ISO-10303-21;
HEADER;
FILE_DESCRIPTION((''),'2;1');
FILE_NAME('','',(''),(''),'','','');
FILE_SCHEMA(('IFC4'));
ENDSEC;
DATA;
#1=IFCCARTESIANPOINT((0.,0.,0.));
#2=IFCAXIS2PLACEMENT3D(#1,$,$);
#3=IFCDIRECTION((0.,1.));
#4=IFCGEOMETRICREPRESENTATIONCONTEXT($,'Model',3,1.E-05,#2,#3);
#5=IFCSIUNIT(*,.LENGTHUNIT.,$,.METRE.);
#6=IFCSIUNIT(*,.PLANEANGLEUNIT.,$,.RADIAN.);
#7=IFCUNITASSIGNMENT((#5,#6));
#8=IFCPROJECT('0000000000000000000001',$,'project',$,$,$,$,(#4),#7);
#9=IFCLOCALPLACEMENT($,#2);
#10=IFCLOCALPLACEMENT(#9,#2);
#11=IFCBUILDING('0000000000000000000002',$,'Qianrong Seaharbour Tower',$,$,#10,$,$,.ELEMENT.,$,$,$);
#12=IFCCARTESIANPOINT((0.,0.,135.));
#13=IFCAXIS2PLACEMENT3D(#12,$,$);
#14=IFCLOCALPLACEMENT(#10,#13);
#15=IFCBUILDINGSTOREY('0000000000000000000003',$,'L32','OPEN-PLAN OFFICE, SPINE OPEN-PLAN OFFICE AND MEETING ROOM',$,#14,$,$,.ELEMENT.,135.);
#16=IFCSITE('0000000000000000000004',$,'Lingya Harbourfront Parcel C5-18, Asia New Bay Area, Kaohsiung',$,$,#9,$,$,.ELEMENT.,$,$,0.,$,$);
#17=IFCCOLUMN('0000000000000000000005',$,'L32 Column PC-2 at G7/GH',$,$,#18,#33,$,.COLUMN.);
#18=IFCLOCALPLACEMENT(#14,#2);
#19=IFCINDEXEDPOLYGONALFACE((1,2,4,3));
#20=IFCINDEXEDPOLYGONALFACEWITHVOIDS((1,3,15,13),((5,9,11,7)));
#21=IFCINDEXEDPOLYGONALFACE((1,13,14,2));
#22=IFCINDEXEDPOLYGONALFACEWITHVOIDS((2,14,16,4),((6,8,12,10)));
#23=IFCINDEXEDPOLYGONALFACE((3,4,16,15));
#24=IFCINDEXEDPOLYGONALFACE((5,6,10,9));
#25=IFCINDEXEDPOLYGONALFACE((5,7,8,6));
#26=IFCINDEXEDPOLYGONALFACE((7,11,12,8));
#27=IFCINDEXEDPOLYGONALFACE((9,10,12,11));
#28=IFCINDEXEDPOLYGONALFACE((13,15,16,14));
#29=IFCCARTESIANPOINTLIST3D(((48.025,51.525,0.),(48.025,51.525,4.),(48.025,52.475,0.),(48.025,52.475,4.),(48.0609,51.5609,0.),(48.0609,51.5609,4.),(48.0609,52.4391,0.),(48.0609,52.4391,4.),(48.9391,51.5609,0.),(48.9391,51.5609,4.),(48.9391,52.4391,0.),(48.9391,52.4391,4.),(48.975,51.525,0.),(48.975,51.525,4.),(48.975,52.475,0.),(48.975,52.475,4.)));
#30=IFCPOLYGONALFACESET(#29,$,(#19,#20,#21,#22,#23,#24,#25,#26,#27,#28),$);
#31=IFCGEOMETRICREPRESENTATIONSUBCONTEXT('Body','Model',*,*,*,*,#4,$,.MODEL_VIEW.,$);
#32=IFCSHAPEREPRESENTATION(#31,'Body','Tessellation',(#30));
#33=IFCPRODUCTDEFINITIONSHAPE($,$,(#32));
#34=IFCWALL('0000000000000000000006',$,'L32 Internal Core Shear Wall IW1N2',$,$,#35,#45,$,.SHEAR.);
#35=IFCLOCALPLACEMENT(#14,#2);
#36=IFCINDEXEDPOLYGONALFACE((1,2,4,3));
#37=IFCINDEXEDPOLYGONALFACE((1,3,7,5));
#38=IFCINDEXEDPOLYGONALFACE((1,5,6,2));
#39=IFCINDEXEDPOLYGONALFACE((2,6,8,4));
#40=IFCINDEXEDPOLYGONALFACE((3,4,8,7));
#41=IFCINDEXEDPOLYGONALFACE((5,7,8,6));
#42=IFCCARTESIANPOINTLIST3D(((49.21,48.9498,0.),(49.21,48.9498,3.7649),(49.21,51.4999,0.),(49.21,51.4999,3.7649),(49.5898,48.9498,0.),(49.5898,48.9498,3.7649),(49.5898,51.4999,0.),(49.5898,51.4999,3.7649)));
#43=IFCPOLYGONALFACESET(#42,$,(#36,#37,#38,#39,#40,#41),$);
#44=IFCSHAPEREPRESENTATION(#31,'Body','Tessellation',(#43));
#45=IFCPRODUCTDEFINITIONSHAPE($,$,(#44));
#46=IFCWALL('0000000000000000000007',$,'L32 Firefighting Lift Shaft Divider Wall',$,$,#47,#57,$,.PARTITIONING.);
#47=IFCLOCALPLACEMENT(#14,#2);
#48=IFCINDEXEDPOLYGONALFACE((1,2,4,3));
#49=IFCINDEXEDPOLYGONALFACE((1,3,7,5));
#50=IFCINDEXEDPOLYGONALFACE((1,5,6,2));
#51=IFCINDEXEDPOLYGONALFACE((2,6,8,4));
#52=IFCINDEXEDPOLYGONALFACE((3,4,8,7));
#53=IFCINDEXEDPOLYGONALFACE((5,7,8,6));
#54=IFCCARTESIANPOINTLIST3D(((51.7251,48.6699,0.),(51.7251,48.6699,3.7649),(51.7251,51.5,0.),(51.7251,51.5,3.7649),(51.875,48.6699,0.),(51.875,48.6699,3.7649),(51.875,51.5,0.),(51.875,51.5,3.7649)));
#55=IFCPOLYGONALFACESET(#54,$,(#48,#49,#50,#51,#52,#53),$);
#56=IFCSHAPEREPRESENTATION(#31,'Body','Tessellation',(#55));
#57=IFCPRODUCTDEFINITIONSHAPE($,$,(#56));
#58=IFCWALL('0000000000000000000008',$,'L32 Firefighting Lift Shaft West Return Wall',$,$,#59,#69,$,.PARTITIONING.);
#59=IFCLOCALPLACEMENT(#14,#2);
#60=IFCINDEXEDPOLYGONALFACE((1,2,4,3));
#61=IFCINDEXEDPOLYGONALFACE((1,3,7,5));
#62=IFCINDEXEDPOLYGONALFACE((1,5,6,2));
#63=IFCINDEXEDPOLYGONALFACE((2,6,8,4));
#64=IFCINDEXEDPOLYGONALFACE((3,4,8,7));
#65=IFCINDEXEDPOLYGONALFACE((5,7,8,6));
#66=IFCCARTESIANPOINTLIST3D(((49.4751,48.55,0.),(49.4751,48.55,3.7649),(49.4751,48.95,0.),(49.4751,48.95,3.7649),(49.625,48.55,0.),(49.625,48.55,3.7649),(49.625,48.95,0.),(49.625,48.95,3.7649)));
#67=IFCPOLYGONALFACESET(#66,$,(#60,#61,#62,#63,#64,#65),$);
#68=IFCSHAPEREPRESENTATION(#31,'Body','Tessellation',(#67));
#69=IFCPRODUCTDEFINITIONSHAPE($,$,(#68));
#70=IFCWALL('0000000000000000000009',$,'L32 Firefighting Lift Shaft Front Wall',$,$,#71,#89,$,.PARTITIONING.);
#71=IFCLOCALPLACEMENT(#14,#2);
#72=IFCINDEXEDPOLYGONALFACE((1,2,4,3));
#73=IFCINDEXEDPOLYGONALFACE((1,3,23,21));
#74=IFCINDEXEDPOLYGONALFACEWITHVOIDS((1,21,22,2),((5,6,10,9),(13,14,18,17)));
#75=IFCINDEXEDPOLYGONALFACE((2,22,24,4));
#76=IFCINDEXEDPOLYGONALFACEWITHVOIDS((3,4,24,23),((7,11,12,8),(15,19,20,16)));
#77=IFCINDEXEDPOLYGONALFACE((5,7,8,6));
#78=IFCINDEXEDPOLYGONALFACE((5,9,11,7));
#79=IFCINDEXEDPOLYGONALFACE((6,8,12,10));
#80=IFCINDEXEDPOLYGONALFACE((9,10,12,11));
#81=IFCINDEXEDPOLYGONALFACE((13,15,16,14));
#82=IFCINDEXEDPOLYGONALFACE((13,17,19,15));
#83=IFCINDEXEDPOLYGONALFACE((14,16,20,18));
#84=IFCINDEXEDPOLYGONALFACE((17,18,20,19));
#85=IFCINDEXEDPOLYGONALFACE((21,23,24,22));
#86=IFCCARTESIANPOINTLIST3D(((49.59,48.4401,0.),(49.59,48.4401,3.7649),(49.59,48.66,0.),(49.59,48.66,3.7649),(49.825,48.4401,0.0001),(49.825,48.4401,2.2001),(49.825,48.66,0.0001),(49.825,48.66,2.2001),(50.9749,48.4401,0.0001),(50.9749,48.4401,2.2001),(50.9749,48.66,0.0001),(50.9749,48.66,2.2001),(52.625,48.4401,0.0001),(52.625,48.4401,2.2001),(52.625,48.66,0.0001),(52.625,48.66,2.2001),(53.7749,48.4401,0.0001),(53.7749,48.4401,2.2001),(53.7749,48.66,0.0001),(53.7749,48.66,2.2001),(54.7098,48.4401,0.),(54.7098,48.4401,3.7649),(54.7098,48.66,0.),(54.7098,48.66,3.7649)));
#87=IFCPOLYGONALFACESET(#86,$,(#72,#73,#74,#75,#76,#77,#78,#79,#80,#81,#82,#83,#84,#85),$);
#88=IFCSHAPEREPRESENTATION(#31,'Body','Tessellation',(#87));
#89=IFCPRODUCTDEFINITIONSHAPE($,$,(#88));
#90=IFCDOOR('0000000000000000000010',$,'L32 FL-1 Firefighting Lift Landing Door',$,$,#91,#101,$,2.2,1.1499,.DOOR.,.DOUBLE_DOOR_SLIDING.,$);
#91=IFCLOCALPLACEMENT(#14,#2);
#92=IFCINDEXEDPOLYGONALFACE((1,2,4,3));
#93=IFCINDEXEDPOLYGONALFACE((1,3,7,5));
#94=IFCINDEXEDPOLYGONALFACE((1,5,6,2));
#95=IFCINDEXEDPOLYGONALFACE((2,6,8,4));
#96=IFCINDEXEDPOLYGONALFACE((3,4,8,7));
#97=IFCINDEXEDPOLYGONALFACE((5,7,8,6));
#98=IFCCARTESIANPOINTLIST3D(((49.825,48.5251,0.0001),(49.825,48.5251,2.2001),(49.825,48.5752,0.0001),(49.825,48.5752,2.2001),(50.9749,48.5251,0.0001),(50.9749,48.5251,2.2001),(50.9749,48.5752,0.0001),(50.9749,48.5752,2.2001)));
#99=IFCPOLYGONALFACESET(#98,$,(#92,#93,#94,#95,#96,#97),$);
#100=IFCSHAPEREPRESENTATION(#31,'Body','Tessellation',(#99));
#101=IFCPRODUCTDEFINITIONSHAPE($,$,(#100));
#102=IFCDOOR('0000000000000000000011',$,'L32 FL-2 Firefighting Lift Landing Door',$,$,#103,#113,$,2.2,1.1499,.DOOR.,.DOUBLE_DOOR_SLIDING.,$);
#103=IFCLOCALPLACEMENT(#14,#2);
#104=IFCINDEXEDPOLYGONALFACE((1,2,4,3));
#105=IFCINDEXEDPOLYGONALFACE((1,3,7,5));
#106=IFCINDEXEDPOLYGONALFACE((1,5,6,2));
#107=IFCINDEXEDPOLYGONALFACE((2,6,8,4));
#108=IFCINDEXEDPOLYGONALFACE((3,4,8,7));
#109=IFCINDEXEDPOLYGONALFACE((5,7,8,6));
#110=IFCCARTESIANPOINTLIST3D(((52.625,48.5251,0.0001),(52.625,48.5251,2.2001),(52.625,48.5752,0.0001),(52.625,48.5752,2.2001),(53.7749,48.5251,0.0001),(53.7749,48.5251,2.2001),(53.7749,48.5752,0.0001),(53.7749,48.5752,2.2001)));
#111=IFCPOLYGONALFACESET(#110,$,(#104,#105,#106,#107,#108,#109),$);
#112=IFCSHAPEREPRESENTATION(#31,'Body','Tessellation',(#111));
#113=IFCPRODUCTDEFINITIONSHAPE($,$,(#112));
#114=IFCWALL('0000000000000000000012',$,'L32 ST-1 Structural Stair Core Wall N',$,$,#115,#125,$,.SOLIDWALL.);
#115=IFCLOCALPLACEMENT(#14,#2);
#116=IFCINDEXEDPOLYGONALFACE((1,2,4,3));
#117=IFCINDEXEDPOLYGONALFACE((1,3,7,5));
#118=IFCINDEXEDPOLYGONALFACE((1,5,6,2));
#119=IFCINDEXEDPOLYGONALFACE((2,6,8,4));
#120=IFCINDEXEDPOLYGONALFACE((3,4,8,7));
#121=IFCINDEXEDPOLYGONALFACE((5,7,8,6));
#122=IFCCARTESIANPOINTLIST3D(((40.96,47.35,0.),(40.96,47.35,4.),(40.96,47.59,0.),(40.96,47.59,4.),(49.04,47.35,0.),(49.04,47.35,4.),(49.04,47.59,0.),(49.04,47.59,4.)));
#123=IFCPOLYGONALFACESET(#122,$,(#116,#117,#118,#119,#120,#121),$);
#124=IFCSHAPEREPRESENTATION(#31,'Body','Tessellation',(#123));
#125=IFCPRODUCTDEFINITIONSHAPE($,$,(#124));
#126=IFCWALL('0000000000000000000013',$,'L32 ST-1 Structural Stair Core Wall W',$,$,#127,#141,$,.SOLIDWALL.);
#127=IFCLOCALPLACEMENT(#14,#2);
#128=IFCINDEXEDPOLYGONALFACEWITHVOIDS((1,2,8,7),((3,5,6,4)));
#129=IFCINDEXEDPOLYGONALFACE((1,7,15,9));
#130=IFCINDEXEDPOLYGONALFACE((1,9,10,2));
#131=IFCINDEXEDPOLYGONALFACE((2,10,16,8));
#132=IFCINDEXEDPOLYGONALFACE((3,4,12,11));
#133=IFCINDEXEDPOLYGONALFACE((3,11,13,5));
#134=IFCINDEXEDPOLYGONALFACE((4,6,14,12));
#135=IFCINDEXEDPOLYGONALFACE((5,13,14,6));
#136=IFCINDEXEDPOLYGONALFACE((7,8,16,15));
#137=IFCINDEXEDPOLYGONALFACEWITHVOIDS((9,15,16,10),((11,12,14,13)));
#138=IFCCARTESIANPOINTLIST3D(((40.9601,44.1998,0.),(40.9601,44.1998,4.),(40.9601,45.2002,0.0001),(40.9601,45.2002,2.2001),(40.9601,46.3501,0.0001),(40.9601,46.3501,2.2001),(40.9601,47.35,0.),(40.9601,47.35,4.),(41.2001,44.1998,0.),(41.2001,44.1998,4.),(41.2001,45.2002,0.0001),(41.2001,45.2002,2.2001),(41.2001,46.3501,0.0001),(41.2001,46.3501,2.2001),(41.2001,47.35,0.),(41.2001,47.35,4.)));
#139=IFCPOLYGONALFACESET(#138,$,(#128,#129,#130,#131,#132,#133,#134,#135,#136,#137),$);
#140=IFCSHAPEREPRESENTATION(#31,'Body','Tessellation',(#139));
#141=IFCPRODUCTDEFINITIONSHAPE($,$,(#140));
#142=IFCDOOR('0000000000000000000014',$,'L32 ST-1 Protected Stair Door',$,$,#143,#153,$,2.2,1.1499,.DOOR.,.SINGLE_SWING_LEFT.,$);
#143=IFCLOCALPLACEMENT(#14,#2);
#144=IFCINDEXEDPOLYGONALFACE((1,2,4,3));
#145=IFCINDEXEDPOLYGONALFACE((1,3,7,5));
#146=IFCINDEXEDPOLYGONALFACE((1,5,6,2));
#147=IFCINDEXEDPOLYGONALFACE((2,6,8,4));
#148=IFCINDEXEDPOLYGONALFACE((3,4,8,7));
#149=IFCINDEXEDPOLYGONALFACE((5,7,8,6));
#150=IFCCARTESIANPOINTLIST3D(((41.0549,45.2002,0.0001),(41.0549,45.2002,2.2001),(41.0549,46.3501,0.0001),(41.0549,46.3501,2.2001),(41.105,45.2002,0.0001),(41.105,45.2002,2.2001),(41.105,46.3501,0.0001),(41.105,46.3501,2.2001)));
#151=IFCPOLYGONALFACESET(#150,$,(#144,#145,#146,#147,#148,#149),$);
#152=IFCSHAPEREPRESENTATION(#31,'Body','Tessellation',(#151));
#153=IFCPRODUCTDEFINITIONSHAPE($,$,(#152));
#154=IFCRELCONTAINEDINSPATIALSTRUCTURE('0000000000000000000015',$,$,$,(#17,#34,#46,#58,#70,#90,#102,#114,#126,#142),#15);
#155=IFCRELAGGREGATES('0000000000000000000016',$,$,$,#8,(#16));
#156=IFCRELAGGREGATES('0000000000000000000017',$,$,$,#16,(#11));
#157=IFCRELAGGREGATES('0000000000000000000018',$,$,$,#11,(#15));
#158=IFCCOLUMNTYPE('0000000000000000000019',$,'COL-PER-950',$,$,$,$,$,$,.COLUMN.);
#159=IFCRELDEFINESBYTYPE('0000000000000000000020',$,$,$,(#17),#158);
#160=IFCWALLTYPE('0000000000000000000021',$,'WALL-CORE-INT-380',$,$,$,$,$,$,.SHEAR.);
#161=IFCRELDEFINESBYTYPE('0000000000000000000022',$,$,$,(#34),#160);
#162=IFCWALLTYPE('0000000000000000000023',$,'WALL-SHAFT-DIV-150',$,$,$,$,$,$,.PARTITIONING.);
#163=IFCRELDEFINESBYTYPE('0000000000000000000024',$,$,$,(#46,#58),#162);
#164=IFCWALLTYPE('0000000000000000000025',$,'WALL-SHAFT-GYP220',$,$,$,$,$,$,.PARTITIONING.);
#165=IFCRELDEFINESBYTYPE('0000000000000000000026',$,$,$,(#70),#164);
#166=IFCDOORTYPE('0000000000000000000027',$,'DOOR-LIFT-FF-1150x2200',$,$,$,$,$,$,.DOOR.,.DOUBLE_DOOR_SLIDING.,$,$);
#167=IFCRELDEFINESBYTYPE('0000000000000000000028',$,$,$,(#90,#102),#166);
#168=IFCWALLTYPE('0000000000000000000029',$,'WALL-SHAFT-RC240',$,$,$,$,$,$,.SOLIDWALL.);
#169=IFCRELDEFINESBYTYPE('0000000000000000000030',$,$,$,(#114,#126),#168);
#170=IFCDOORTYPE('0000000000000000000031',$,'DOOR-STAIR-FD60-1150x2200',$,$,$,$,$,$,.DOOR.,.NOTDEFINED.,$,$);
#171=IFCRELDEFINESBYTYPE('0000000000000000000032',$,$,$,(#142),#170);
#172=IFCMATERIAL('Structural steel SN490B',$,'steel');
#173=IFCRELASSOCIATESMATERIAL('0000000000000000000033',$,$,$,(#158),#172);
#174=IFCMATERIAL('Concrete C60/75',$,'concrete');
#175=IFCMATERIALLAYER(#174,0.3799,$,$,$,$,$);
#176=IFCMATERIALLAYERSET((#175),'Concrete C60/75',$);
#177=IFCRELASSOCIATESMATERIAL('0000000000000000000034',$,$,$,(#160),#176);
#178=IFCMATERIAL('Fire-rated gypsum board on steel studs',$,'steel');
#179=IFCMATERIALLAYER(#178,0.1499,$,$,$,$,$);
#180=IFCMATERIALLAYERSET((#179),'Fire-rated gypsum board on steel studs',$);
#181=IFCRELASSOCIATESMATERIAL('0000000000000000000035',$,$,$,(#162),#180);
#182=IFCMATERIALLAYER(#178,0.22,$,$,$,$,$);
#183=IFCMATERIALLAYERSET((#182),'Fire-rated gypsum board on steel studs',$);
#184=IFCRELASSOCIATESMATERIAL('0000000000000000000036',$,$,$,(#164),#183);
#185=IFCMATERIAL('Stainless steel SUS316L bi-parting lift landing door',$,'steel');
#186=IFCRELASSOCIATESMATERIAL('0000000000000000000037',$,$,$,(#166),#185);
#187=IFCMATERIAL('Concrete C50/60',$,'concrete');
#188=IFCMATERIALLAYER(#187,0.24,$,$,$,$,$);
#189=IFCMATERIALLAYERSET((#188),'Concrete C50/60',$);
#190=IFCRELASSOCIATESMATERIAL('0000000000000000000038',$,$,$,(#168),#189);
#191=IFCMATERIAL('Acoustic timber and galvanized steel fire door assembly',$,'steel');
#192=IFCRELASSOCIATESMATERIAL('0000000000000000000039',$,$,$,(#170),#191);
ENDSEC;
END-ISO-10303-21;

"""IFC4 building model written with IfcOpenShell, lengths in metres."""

from ifc_helpers import new_model, si_unit, direction, frame, frame_2d, origin, origin_2d, place, context, subcontext, project, spatial, rectangle, hollow_rectangle, extrude, material, layer, layer_set, material_profile, profile_set, type_object, element, fill, save


model = new_model("IFC4")

# Units and contexts
model_context = context("Model", 3, precision=1e-05, world=origin(), true_north=direction((0.0, 1.0)))
body_context = subcontext(model_context, "Body", "Model", "MODEL_VIEW")
ifc_project = project(units=[si_unit("LENGTHUNIT", "METRE"), si_unit("PLANEANGLEUNIT", "RADIAN")], contexts=[model_context])

# Site, building, storey
site_placement = place(None, origin())
site = spatial("IfcSite", under=ifc_project, at=site_placement, Name="Lingya Harbourfront Parcel C5-18, Asia New Bay Area, Kaohsiung", CompositionType="ELEMENT", RefElevation=0.0)
building_placement = place(site_placement, origin())
building = spatial("IfcBuilding", under=site, at=building_placement, Name="Qianrong Seaharbour Tower", CompositionType="ELEMENT")
storey_placement = place(building_placement, frame((0.0, 0.0, 135.0)))
storey = spatial("IfcBuildingStorey", under=building, at=storey_placement, Name="L32", Description="OPEN-PLAN OFFICE, SPINE OPEN-PLAN OFFICE AND MEETING ROOM", CompositionType="ELEMENT", Elevation=135.0)

# Column
ifc_material_1 = material(Name="Structural steel SN490B", Category="steel")
ifc_material_profile = material_profile(ifc_material_1, hollow_rectangle(XDim=0.95, YDim=0.95, WallThickness=0.0359, at=origin_2d()), Name="BOX950x950x36")
ifc_profile_set = profile_set([ifc_material_profile], Name="Structural steel SN490B")
column_type = type_object("IfcColumnType", Name="COL-PER-950", PredefinedType="COLUMN", material=ifc_profile_set)
column_placement = place(storey_placement, frame((48.5, 52.0, 0.0), z_axis=(0.0, 0.0, 1.0), x_axis=(1.0, 0.0, 0.0)))
element("IfcColumn", 1, at=column_placement, inside=storey, type_object=column_type, Name="L32 Column PC-2 at G7/GH", PredefinedType="COLUMN", context=body_context, shape_type="SweptSolid", body=[
    extrude(hollow_rectangle(XDim=0.95, YDim=0.95, WallThickness=0.0359, at=origin_2d()), origin(), (0.0, 0.0, 1.0), 4.0),
])

# Walls
ifc_material_2 = material(Name="Concrete C60/75", Category="concrete")
ifc_layer_1 = layer(ifc_material_2, 0.3799)
ifc_layer_set_1 = layer_set([ifc_layer_1], Name="Concrete C60/75")
wall_type_1 = type_object("IfcWallType", Name="WALL-CORE-INT-380", PredefinedType="SHEAR", material=ifc_layer_set_1)
wall_1_placement = place(storey_placement, frame((49.3999, 48.95, 0.0), z_axis=(0.0, 0.0, 1.0), x_axis=(0.0, 1.0, 0.0)))
element("IfcWall", 2, at=wall_1_placement, inside=storey, type_object=wall_type_1, Name="L32 Internal Core Shear Wall IW1N2", PredefinedType="SHEAR", context=body_context, shape_type="SweptSolid", body=[
    extrude(rectangle(XDim=2.55, YDim=0.3799, at=frame_2d((1.2749, 0.0))), origin(), (0.0, 0.0, 1.0), 3.7649),
])
ifc_material_3 = material(Name="Fire-rated gypsum board on steel studs", Category="steel")
ifc_layer_2 = layer(ifc_material_3, 0.1499)
ifc_layer_set_2 = layer_set([ifc_layer_2], Name="Fire-rated gypsum board on steel studs")
wall_type_2 = type_object("IfcWallType", Name="WALL-SHAFT-DIV-150", PredefinedType="PARTITIONING", material=ifc_layer_set_2)
wall_2_placement = place(storey_placement, frame((51.8, 48.6699, 0.0), z_axis=(0.0, 0.0, 1.0), x_axis=(0.0, 1.0, 0.0)))
element("IfcWall", 3, at=wall_2_placement, inside=storey, type_object=wall_type_2, Name="L32 Firefighting Lift Shaft Divider Wall", PredefinedType="PARTITIONING", context=body_context, shape_type="SweptSolid", body=[
    extrude(rectangle(XDim=2.8301, YDim=0.1499, at=frame_2d((1.415, 0.0))), origin(), (0.0, 0.0, 1.0), 3.7649),
])
wall_3_placement = place(storey_placement, frame((49.55, 48.55, 0.0), z_axis=(0.0, 0.0, 1.0), x_axis=(0.0, 1.0, 0.0)))
element("IfcWall", 4, at=wall_3_placement, inside=storey, type_object=wall_type_2, Name="L32 Firefighting Lift Shaft West Return Wall", PredefinedType="PARTITIONING", context=body_context, shape_type="SweptSolid", body=[
    extrude(rectangle(XDim=0.3999, YDim=0.1499, at=frame_2d((0.2, 0.0))), origin(), (0.0, 0.0, 1.0), 3.7649),
])

# Wall, openings, doors
ifc_layer_3 = layer(ifc_material_3, 0.22)
ifc_layer_set_3 = layer_set([ifc_layer_3], Name="Fire-rated gypsum board on steel studs")
wall_type_3 = type_object("IfcWallType", Name="WALL-SHAFT-GYP220", PredefinedType="PARTITIONING", material=ifc_layer_set_3)
wall_4_placement = place(storey_placement, frame((54.71, 48.55, 0.0), z_axis=(0.0, 0.0, 1.0), x_axis=(-1.0, 0.0, 0.0)))
wall_4 = element("IfcWall", 5, at=wall_4_placement, inside=storey, type_object=wall_type_3, Name="L32 Firefighting Lift Shaft Front Wall", PredefinedType="PARTITIONING", context=body_context, shape_type="SweptSolid", body=[
    extrude(rectangle(XDim=5.1199, YDim=0.22, at=frame_2d((2.5601, 0.0))), origin(), (0.0, 0.0, 1.0), 3.7649),
])
opening_1_placement = place(wall_4_placement, frame((3.7351, 0.0, 0.0)))
opening_1 = element("IfcOpeningElement", 6, at=opening_1_placement, cuts=wall_4, PredefinedType="OPENING", context=body_context, shape_type="SweptSolid", body=[
    extrude(rectangle(XDim=1.1499, YDim=2.2, at=frame_2d((0.575, 1.1001))), frame((0.0, 0.1201, 0.0), z_axis=(0.0, -1.0, 0.0), x_axis=(1.0, 0.0, 0.0)), (0.0, 0.0, 1.0), 0.24),
])
opening_2_placement = place(wall_4_placement, frame((0.9351, 0.0, 0.0)))
opening_2 = element("IfcOpeningElement", 7, at=opening_2_placement, cuts=wall_4, PredefinedType="OPENING", context=body_context, shape_type="SweptSolid", body=[
    extrude(rectangle(XDim=1.1499, YDim=2.2, at=frame_2d((0.575, 1.1001))), frame((0.0, 0.1201, 0.0), z_axis=(0.0, -1.0, 0.0), x_axis=(1.0, 0.0, 0.0)), (0.0, 0.0, 1.0), 0.24),
])
ifc_material_4 = material(Name="Stainless steel SUS316L bi-parting lift landing door", Category="steel")
door_type_1 = type_object("IfcDoorType", Name="DOOR-LIFT-FF-1150x2200", OperationType="DOUBLE_DOOR_SLIDING", PredefinedType="DOOR", material=ifc_material_4)
door_1_placement = place(opening_1_placement, origin())
door_1 = element("IfcDoor", 8, at=door_1_placement, inside=storey, type_object=door_type_1, Name="L32 FL-1 Firefighting Lift Landing Door", OperationType="DOUBLE_DOOR_SLIDING", OverallHeight=2.2, OverallWidth=1.1499, PredefinedType="DOOR", context=body_context, shape_type="SweptSolid", body=[
    extrude(rectangle(XDim=1.1499, YDim=2.2, at=frame_2d((0.575, 1.1001))), frame((0.0, 0.0249, 0.0), z_axis=(0.0, -1.0, 0.0), x_axis=(1.0, 0.0, 0.0)), (0.0, 0.0, 1.0), 0.05),
])
fill(opening_1, door_1)
door_2_placement = place(opening_2_placement, origin())
door_2 = element("IfcDoor", 9, at=door_2_placement, inside=storey, type_object=door_type_1, Name="L32 FL-2 Firefighting Lift Landing Door", OperationType="DOUBLE_DOOR_SLIDING", OverallHeight=2.2, OverallWidth=1.1499, PredefinedType="DOOR", context=body_context, shape_type="SweptSolid", body=[
    extrude(rectangle(XDim=1.1499, YDim=2.2, at=frame_2d((0.575, 1.1001))), frame((0.0, 0.0249, 0.0), z_axis=(0.0, -1.0, 0.0), x_axis=(1.0, 0.0, 0.0)), (0.0, 0.0, 1.0), 0.05),
])
fill(opening_2, door_2)

# Wall
ifc_material_5 = material(Name="Concrete C50/60", Category="concrete")
ifc_layer_4 = layer(ifc_material_5, 0.24)
ifc_layer_set_4 = layer_set([ifc_layer_4], Name="Concrete C50/60")
wall_type_4 = type_object("IfcWallType", Name="WALL-SHAFT-RC240", PredefinedType="SOLIDWALL", material=ifc_layer_set_4)
wall_5_placement = place(storey_placement, frame((40.96, 47.47, 0.0), z_axis=(0.0, 0.0, 1.0), x_axis=(1.0, 0.0, 0.0)))
element("IfcWall", 10, at=wall_5_placement, inside=storey, type_object=wall_type_4, Name="L32 ST-1 Structural Stair Core Wall N", PredefinedType="SOLIDWALL", context=body_context, shape_type="SweptSolid", body=[
    extrude(rectangle(XDim=8.0801, YDim=0.24, at=frame_2d((4.04, 0.0))), origin(), (0.0, 0.0, 1.0), 4.0),
])

# Wall, opening, door
wall_6_placement = place(storey_placement, frame((41.0801, 47.3501, 0.0), z_axis=(0.0, 0.0, 1.0), x_axis=(0.0, -1.0, 0.0)))
wall_6 = element("IfcWall", 11, at=wall_6_placement, inside=storey, type_object=wall_type_4, Name="L32 ST-1 Structural Stair Core Wall W", PredefinedType="SOLIDWALL", context=body_context, shape_type="SweptSolid", body=[
    extrude(rectangle(XDim=3.1501, YDim=0.24, at=frame_2d((1.5752, 0.0))), origin(), (0.0, 0.0, 1.0), 4.0),
])
opening_3_placement = place(wall_6_placement, frame((1.0, 0.0, 0.0)))
opening_3 = element("IfcOpeningElement", 12, at=opening_3_placement, cuts=wall_6, PredefinedType="OPENING", context=body_context, shape_type="SweptSolid", body=[
    extrude(rectangle(XDim=1.1499, YDim=2.2, at=frame_2d((0.575, 1.1001))), frame((0.0, 0.1299, 0.0), z_axis=(0.0, -1.0, 0.0), x_axis=(1.0, 0.0, 0.0)), (0.0, 0.0, 1.0), 0.26),
])
ifc_material_6 = material(Name="Acoustic timber and galvanized steel fire door assembly", Category="steel")
door_type_2 = type_object("IfcDoorType", Name="DOOR-STAIR-FD60-1150x2200", OperationType="NOTDEFINED", PredefinedType="DOOR", material=ifc_material_6)
door_3_placement = place(opening_3_placement, origin())
door_3 = element("IfcDoor", 13, at=door_3_placement, inside=storey, type_object=door_type_2, Name="L32 ST-1 Protected Stair Door", OperationType="SINGLE_SWING_LEFT", OverallHeight=2.2, OverallWidth=1.1499, PredefinedType="DOOR", context=body_context, shape_type="SweptSolid", body=[
    extrude(rectangle(XDim=1.1499, YDim=2.2, at=frame_2d((0.575, 1.1001))), frame((0.0, 0.0249, 0.0), z_axis=(0.0, -1.0, 0.0), x_axis=(1.0, 0.0, 0.0)), (0.0, 0.0, 1.0), 0.05),
])
fill(opening_3, door_3)

save(model, "model.ifc")
